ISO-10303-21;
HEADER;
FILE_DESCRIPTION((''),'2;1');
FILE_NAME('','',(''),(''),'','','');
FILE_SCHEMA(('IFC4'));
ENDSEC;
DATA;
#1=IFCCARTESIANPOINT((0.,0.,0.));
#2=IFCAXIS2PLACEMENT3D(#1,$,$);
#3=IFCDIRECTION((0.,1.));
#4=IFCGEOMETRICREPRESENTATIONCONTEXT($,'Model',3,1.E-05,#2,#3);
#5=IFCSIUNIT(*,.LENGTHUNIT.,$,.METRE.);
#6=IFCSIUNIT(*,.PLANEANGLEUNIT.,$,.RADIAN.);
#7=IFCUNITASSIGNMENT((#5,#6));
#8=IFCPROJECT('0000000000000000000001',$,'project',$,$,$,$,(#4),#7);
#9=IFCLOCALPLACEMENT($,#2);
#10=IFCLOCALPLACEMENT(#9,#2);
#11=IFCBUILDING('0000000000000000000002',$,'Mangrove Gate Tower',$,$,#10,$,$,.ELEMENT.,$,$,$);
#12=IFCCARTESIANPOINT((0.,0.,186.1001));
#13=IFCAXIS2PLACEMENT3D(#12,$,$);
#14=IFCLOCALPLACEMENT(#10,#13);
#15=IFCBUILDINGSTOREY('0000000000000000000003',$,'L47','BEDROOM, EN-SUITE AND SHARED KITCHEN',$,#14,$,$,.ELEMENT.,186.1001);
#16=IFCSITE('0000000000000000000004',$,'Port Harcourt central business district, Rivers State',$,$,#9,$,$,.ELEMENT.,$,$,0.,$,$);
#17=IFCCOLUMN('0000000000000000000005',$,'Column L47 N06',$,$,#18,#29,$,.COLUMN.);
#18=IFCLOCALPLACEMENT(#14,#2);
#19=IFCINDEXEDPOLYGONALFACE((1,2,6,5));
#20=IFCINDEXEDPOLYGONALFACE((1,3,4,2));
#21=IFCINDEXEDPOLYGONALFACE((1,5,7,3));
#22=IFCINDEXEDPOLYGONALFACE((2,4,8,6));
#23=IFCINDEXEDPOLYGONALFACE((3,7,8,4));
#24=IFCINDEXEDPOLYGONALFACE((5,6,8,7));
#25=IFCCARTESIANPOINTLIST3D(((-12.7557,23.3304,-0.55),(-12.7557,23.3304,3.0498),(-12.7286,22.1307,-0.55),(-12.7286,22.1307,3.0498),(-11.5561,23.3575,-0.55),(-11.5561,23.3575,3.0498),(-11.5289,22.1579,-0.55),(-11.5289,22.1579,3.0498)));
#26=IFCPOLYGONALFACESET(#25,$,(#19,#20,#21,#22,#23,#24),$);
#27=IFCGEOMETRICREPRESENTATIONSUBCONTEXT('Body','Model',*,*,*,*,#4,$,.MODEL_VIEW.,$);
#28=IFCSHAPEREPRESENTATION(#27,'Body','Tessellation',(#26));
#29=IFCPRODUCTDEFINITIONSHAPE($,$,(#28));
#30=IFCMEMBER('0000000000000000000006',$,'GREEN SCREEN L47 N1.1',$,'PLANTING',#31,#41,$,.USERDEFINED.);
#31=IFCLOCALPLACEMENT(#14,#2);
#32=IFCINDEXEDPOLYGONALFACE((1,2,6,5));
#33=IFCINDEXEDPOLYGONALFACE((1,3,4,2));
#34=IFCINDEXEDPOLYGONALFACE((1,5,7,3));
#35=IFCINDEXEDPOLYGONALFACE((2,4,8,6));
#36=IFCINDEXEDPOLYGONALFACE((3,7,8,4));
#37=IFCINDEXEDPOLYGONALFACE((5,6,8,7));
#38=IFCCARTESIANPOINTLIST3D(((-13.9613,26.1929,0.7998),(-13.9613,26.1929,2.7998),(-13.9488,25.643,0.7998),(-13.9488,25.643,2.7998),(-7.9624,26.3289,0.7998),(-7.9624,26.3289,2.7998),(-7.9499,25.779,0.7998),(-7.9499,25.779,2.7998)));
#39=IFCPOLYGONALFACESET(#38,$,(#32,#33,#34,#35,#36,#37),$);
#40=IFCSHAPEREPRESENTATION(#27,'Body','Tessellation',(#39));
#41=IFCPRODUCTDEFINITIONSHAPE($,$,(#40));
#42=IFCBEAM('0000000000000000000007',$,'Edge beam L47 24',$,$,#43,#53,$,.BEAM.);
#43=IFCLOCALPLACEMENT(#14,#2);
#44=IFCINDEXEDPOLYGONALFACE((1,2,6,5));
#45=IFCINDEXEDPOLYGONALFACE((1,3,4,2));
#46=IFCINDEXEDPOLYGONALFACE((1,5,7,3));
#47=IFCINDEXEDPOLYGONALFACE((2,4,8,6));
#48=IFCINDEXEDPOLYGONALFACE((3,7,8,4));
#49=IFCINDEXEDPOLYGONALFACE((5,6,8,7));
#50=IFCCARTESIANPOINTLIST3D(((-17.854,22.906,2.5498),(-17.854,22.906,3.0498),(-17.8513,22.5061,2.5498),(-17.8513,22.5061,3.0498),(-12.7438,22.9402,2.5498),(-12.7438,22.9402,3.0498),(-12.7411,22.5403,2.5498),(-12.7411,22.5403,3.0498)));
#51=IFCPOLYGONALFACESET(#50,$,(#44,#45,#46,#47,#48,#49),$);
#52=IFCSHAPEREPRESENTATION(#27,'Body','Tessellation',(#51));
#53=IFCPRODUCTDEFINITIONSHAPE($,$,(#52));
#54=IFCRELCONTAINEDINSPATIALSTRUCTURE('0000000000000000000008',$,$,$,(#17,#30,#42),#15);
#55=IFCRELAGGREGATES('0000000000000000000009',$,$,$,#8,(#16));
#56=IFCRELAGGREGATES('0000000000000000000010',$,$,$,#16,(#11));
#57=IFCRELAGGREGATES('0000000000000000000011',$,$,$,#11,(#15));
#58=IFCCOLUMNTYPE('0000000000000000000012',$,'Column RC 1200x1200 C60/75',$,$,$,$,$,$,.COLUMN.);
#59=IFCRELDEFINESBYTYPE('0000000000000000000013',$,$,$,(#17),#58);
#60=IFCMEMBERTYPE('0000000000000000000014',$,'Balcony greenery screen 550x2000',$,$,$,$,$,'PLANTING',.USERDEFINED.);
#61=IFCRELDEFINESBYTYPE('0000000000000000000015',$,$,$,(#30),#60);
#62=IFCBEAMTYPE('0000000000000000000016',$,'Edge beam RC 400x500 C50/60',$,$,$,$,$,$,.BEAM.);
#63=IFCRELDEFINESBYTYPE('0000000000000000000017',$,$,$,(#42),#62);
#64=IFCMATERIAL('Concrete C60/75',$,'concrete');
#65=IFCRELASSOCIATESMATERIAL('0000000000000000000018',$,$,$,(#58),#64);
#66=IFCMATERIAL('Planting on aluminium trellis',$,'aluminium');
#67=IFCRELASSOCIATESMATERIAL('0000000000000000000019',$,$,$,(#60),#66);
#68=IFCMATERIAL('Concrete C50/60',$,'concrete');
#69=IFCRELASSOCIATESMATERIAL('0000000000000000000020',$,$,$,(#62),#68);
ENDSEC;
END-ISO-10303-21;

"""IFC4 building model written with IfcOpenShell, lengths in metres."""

from ifc_helpers import new_model, si_unit, direction, frame, origin, origin_2d, place, context, subcontext, project, spatial, rectangle, extrude, material, material_profile, profile_set, type_object, element, save


model = new_model("IFC4")

# Units and contexts
model_context = context("Model", 3, precision=1e-05, world=origin(), true_north=direction((0.0, 1.0)))
body_context = subcontext(model_context, "Body", "Model", "MODEL_VIEW")
ifc_project = project(units=[si_unit("LENGTHUNIT", "METRE"), si_unit("PLANEANGLEUNIT", "RADIAN")], contexts=[model_context])

# Site, building, storey
site_placement = place(None, origin())
site = spatial("IfcSite", under=ifc_project, at=site_placement, Name="Port Harcourt central business district, Rivers State", CompositionType="ELEMENT", RefElevation=0.0)
building_placement = place(site_placement, origin())
building = spatial("IfcBuilding", under=site, at=building_placement, Name="Mangrove Gate Tower", CompositionType="ELEMENT")
storey_placement = place(building_placement, frame((0.0, 0.0, 186.1001)))
storey = spatial("IfcBuildingStorey", under=building, at=storey_placement, Name="L47", Description="BEDROOM, EN-SUITE AND SHARED KITCHEN", CompositionType="ELEMENT", Elevation=186.1001)

# Column
ifc_material_1 = material(Name="Concrete C60/75", Category="concrete")
ifc_material_profile_1 = material_profile(ifc_material_1, rectangle(XDim=1.2, YDim=1.2, at=origin_2d()))
ifc_profile_set_1 = profile_set([ifc_material_profile_1], Name="Concrete C60/75")
column_type = type_object("IfcColumnType", Name="Column RC 1200x1200 C60/75", PredefinedType="COLUMN", material=ifc_profile_set_1)
column_placement = place(storey_placement, frame((-12.1423, 22.7441, -0.55), z_axis=(0.0, 0.0, 1.0), x_axis=(-0.999744, -0.022639, 0.0)))
element("IfcColumn", 1, at=column_placement, inside=storey, type_object=column_type, Name="Column L47 N06", PredefinedType="COLUMN", context=body_context, shape_type="SweptSolid", body=[
    extrude(rectangle(XDim=1.2, YDim=1.2, at=origin_2d()), origin(), (0.0, 0.0, 1.0), 3.5999),
])

# Member
ifc_material_2 = material(Name="Planting on aluminium trellis", Category="aluminium")
ifc_material_profile_2 = material_profile(ifc_material_2, rectangle(XDim=0.55, YDim=2.0, at=origin_2d()))
ifc_profile_set_2 = profile_set([ifc_material_profile_2], Name="Planting on aluminium trellis")
member_type = type_object("IfcMemberType", Name="Balcony greenery screen 550x2000", ElementType="PLANTING", PredefinedType="USERDEFINED", material=ifc_profile_set_2)
member_placement = place(storey_placement, frame((-13.9551, 25.918, 1.7998), z_axis=(0.999743, 0.022662, 0.0), x_axis=(-0.022662, 0.999743, 0.0)))
element("IfcMember", 2, at=member_placement, inside=storey, type_object=member_type, Name="GREEN SCREEN L47 N1.1", ObjectType="PLANTING", PredefinedType="USERDEFINED", context=body_context, shape_type="SweptSolid", body=[
    extrude(rectangle(XDim=0.55, YDim=2.0, at=origin_2d()), origin(), (0.0, 0.0, 1.0), 6.0005),
])

# Beam
ifc_material_3 = material(Name="Concrete C50/60", Category="concrete")
ifc_material_profile_3 = material_profile(ifc_material_3, rectangle(XDim=0.3999, YDim=0.5, at=origin_2d()))
ifc_profile_set_3 = profile_set([ifc_material_profile_3], Name="Concrete C50/60")
beam_type = type_object("IfcBeamType", Name="Edge beam RC 400x500 C50/60", PredefinedType="BEAM", material=ifc_profile_set_3)
beam_placement = place(storey_placement, frame((-12.7424, 22.7402, 2.7998), z_axis=(-0.999978, -0.006688, 0.0), x_axis=(0.006688, -0.999978, 0.0)))
element("IfcBeam", 3, at=beam_placement, inside=storey, type_object=beam_type, Name="Edge beam L47 24", PredefinedType="BEAM", context=body_context, shape_type="SweptSolid", body=[
    extrude(rectangle(XDim=0.3999, YDim=0.5, at=origin_2d()), origin(), (0.0, 0.0, 1.0), 5.1104),
])

save(model, "model.ifc")
